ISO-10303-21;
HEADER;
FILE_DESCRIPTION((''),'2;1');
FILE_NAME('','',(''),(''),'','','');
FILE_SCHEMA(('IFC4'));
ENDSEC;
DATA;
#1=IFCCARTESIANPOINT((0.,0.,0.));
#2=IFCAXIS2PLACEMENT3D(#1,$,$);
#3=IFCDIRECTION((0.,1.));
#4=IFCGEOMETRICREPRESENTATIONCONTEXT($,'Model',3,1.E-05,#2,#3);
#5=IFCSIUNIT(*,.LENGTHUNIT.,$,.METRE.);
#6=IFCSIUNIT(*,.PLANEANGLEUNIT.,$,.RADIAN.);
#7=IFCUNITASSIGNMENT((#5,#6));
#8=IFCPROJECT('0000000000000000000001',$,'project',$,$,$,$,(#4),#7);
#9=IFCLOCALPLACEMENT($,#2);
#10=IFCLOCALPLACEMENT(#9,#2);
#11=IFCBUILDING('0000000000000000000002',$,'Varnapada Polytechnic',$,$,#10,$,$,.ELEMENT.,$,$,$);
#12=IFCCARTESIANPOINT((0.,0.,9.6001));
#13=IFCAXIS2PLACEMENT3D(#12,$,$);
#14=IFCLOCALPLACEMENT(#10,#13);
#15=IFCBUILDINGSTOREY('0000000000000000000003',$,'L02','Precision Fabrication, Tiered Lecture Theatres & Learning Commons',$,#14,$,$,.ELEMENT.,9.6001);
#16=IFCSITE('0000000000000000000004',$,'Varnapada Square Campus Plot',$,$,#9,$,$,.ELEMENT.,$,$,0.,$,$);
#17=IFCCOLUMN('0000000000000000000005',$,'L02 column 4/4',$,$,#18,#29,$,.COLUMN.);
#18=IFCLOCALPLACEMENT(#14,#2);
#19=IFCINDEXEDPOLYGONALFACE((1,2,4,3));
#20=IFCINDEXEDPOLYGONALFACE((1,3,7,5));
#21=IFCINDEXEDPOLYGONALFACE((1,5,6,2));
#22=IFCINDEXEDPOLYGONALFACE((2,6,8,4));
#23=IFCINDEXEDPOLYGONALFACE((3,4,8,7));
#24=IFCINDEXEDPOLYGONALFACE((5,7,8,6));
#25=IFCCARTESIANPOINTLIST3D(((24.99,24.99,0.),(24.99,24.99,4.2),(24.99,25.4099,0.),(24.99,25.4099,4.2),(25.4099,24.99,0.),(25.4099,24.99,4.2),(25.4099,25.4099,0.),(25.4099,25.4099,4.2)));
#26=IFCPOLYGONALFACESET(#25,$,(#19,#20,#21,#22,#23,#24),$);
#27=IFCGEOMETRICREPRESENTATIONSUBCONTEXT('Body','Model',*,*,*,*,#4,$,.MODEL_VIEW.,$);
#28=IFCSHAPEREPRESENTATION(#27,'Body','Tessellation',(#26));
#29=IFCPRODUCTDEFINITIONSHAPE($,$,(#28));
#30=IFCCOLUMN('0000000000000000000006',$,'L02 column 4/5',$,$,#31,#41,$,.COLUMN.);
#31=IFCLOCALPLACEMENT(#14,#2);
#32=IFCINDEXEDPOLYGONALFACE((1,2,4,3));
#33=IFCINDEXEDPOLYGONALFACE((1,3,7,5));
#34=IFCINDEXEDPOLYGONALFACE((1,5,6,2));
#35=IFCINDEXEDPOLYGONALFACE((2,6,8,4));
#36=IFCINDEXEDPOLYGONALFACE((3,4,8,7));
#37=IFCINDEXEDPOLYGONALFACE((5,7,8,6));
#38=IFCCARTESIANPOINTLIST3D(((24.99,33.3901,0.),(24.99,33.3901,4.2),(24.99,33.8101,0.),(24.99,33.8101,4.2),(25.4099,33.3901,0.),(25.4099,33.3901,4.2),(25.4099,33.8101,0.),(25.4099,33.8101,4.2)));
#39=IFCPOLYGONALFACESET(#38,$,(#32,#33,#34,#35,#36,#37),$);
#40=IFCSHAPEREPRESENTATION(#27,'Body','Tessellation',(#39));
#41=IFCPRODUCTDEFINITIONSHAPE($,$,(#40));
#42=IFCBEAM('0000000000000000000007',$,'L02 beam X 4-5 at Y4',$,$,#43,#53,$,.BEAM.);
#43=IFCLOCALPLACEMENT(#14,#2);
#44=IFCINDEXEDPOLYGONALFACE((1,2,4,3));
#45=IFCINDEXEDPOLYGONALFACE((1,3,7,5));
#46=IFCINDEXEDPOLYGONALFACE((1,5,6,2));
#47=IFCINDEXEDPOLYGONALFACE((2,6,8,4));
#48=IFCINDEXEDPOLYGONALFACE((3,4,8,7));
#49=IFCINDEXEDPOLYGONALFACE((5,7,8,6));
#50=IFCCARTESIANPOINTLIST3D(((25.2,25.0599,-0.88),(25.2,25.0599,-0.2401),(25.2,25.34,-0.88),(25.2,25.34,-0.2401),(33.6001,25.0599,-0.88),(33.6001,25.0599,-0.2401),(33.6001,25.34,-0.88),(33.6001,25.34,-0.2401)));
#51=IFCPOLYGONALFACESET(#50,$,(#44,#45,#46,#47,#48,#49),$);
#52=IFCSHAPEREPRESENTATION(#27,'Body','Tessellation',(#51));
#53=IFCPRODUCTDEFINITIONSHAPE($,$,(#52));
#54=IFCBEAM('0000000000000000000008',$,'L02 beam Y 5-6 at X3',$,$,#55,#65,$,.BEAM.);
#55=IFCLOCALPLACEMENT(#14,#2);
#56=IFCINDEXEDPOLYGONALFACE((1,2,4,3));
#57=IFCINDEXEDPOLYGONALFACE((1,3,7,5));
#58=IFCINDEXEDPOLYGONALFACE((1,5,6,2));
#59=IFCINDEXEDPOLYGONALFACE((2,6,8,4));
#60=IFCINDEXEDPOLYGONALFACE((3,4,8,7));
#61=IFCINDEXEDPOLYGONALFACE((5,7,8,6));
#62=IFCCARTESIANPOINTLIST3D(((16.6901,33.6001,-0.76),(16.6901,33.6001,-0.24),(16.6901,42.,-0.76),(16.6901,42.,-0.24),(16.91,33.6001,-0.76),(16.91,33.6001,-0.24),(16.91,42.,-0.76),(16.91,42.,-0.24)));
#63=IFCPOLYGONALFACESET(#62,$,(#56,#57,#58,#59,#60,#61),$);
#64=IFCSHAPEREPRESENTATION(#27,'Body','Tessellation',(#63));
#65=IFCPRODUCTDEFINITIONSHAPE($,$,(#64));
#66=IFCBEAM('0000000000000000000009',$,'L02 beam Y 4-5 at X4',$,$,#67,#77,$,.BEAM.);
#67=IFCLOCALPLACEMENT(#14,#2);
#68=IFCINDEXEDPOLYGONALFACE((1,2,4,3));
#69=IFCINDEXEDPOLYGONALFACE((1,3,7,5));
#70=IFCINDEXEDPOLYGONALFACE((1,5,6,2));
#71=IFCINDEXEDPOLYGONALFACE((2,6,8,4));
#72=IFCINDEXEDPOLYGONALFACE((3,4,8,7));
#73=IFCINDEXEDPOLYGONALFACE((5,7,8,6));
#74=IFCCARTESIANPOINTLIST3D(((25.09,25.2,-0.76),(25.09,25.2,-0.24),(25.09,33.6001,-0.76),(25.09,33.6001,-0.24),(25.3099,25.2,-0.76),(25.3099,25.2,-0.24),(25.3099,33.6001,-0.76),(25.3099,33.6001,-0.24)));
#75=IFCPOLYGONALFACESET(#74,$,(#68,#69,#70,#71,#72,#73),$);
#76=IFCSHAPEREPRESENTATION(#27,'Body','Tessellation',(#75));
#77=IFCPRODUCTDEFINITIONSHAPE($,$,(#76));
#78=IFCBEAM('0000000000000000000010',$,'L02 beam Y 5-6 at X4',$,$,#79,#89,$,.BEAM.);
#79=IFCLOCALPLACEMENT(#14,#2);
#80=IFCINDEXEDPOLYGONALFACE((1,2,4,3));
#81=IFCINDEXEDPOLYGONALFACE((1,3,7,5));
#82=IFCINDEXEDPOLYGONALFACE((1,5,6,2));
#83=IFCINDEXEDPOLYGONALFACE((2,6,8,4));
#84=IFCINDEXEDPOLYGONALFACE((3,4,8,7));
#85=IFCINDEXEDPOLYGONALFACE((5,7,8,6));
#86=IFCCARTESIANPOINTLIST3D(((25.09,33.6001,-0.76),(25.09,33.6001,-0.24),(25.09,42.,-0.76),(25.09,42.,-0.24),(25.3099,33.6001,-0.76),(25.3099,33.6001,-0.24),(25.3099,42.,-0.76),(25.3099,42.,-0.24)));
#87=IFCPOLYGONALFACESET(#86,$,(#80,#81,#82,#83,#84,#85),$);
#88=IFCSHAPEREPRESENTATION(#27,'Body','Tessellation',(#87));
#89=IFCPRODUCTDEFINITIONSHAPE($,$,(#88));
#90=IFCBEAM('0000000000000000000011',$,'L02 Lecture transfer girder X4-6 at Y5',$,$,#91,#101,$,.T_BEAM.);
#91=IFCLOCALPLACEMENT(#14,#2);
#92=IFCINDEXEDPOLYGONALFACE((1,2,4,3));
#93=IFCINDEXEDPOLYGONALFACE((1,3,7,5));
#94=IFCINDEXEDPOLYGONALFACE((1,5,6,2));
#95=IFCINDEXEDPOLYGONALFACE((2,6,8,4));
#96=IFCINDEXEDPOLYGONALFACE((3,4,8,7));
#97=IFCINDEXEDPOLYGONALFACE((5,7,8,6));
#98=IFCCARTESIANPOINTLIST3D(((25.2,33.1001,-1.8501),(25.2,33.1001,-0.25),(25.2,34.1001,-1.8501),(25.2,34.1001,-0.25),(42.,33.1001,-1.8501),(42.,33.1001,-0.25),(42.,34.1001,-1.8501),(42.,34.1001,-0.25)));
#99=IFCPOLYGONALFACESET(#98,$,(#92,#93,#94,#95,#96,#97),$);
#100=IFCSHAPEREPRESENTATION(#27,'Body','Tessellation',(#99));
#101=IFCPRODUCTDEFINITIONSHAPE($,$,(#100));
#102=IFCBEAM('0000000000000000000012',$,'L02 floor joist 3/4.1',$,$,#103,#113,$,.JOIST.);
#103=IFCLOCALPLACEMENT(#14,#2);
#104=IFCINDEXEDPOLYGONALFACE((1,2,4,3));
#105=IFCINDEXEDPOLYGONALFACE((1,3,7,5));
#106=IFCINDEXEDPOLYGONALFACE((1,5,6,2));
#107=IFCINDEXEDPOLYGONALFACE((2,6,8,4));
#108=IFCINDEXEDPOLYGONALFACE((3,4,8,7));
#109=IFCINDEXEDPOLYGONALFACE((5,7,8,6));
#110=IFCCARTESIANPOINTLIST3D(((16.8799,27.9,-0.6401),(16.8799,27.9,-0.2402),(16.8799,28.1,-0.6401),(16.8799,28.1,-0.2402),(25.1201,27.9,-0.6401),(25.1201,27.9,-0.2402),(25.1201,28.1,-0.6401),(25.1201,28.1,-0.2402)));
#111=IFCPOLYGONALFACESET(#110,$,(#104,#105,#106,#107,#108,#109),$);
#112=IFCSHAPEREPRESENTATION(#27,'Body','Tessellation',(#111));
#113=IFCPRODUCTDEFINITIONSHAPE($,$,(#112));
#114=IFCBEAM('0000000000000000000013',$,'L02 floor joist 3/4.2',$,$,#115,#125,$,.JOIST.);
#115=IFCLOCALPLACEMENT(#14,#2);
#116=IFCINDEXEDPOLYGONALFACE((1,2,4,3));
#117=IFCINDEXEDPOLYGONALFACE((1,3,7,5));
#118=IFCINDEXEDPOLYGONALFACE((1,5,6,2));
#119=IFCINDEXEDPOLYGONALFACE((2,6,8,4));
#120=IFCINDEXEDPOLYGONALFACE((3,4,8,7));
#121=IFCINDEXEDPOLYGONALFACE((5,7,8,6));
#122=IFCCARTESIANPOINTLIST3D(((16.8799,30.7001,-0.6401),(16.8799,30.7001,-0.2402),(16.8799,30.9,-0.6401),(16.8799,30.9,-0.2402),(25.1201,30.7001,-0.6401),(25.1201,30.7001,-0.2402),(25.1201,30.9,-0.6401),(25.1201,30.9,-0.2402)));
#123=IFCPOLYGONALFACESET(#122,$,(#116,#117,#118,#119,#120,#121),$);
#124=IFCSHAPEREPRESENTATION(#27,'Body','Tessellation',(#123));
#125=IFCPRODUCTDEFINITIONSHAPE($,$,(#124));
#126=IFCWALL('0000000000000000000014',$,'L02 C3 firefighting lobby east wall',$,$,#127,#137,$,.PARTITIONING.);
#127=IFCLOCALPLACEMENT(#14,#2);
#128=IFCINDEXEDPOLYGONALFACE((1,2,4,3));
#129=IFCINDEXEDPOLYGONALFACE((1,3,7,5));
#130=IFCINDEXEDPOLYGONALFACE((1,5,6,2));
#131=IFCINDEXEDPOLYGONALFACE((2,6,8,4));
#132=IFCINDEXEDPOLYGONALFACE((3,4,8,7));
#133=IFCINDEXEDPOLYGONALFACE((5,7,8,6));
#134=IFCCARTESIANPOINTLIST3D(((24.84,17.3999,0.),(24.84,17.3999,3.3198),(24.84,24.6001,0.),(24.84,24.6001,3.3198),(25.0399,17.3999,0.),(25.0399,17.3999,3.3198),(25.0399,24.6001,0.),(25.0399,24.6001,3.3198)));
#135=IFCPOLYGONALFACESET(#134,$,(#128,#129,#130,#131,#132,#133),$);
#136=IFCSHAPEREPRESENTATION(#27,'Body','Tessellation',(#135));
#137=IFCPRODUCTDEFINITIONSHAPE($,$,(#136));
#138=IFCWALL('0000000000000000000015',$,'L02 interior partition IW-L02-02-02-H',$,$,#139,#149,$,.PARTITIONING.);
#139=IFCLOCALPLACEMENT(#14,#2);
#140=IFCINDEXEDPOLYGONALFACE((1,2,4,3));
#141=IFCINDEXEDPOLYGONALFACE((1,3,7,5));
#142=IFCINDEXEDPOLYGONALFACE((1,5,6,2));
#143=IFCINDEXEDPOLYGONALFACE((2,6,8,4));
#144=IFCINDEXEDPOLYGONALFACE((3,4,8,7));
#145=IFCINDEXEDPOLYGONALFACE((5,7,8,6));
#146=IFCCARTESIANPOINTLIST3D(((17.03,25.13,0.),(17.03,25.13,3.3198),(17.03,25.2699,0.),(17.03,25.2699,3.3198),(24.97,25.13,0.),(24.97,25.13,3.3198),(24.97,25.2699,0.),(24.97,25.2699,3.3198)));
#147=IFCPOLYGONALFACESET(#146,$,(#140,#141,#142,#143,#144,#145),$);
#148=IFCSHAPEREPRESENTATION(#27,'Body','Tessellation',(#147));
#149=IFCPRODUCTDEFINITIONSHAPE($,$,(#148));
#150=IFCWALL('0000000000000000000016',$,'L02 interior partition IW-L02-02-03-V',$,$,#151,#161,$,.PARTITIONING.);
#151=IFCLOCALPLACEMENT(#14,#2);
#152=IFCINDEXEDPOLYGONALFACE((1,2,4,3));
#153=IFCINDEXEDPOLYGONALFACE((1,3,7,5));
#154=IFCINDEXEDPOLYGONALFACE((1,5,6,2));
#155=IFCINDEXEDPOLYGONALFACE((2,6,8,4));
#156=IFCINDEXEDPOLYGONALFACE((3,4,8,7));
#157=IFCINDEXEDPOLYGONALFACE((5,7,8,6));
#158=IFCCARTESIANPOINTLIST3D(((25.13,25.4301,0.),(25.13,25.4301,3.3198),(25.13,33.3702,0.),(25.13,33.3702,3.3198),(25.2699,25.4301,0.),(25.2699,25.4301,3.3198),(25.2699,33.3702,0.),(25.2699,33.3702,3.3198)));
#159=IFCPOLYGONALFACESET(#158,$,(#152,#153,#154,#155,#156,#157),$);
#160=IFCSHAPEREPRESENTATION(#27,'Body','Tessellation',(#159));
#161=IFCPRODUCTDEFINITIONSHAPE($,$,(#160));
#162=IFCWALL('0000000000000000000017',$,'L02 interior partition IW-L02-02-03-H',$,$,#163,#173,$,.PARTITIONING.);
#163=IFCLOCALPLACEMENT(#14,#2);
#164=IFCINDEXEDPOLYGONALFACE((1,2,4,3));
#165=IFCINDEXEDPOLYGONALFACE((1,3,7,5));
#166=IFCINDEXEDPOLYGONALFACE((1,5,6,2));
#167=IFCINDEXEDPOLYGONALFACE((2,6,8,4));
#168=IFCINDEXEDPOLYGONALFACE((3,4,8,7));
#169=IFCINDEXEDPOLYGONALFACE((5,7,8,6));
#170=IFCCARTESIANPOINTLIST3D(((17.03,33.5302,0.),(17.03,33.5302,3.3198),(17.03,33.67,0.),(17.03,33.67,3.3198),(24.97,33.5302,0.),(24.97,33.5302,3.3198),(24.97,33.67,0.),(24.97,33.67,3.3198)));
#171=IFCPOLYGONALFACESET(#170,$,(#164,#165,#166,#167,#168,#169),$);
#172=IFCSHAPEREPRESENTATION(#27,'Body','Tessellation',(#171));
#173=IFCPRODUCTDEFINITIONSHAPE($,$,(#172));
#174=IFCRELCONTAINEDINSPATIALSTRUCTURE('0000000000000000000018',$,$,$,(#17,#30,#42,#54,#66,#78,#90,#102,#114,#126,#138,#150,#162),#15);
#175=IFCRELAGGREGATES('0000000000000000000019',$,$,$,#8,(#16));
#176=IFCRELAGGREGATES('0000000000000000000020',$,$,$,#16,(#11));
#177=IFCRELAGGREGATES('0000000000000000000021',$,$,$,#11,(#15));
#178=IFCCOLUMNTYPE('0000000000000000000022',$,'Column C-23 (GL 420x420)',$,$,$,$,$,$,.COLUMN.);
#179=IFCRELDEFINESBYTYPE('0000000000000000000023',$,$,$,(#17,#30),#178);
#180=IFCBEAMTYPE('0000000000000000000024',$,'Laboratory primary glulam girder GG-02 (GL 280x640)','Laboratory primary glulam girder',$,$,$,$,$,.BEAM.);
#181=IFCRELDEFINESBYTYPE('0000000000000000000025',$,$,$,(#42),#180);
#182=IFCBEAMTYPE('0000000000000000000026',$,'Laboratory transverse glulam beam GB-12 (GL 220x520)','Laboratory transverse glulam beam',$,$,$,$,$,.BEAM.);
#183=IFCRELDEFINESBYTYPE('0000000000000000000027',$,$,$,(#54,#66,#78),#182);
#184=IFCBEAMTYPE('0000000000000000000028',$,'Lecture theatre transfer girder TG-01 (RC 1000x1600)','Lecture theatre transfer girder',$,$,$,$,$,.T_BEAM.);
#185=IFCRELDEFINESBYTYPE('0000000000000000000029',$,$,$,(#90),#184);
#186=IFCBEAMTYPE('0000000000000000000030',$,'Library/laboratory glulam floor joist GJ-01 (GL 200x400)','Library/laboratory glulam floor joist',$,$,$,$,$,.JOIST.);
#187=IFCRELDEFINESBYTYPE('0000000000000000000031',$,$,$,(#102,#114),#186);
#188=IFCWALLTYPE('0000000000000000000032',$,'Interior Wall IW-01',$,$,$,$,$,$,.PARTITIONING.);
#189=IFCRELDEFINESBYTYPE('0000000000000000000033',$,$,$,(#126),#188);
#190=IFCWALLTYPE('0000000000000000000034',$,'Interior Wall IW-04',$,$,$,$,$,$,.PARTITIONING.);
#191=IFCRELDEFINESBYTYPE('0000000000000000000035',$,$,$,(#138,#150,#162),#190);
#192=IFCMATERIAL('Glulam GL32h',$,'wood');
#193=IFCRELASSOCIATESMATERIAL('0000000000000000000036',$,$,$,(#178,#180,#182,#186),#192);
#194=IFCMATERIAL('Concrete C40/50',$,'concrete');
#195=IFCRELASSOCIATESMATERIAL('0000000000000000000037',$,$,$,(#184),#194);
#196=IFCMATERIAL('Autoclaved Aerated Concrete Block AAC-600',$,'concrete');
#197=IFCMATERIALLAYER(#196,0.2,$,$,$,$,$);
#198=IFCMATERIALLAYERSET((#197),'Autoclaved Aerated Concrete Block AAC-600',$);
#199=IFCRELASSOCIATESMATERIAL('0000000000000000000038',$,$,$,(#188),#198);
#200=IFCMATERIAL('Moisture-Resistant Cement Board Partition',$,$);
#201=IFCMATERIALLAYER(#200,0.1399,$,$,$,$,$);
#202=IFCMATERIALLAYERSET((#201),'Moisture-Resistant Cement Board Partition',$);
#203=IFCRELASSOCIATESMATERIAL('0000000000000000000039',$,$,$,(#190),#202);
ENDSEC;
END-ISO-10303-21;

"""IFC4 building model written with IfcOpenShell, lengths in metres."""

from ifc_helpers import new_model, si_unit, direction, frame, frame_2d, origin, origin_2d, place, context, subcontext, project, spatial, rectangle, extrude, material, layer, layer_set, material_profile, profile_set, type_object, element, save


model = new_model("IFC4")

# Units and contexts
model_context = context("Model", 3, precision=1e-05, world=origin(), true_north=direction((0.0, 1.0)))
body_context = subcontext(model_context, "Body", "Model", "MODEL_VIEW")
ifc_project = project(units=[si_unit("LENGTHUNIT", "METRE"), si_unit("PLANEANGLEUNIT", "RADIAN")], contexts=[model_context])

# Site, building, storey
site_placement = place(None, origin())
site = spatial("IfcSite", under=ifc_project, at=site_placement, Name="Varnapada Square Campus Plot", CompositionType="ELEMENT", RefElevation=0.0)
building_placement = place(site_placement, origin())
building = spatial("IfcBuilding", under=site, at=building_placement, Name="Varnapada Polytechnic", CompositionType="ELEMENT")
storey_placement = place(building_placement, frame((0.0, 0.0, 9.6001)))
storey = spatial("IfcBuildingStorey", under=building, at=storey_placement, Name="L02", Description="Precision Fabrication, Tiered Lecture Theatres & Learning Commons", CompositionType="ELEMENT", Elevation=9.6001)

# Columns
ifc_material_1 = material(Name="Glulam GL32h", Category="wood")
ifc_material_profile_1 = material_profile(ifc_material_1, rectangle(XDim=0.4199, YDim=0.4199, at=origin_2d()), Name="GL 420x420")
ifc_profile_set_1 = profile_set([ifc_material_profile_1], Name="Glulam GL32h")
column_type = type_object("IfcColumnType", Name="Column C-23 (GL 420x420)", PredefinedType="COLUMN", material=ifc_profile_set_1)
for number, where, z_axis, x_axis, name in (
    (1, (25.2, 25.2, 0.0), (0.0, 0.0, 1.0), (1.0, 0.0, 0.0), "L02 column 4/4"),
    (2, (25.2, 33.6001, 0.0), (0.0, 0.0, 1.0), (1.0, 0.0, 0.0), "L02 column 4/5"),
):
    element("IfcColumn", number, at=place(storey_placement, frame(where, z_axis=z_axis, x_axis=x_axis)), inside=storey, type_object=column_type, Name=name, PredefinedType="COLUMN", context=body_context, shape_type="SweptSolid", body=[
        extrude(rectangle(XDim=0.4199, YDim=0.4199, at=origin_2d()), origin(), (0.0, 0.0, 1.0), 4.2),
    ])

# Beams
ifc_material_profile_2 = material_profile(ifc_material_1, rectangle(XDim=0.28, YDim=0.6399, at=origin_2d()), Name="GL 280x640")
ifc_profile_set_2 = profile_set([ifc_material_profile_2], Name="Glulam GL32h")
beam_type_1 = type_object("IfcBeamType", Name="Laboratory primary glulam girder GG-02 (GL 280x640)", Description="Laboratory primary glulam girder", PredefinedType="BEAM", material=ifc_profile_set_2)
beam_1_placement = place(storey_placement, frame((25.2, 25.2, -0.5601), z_axis=(1.0, 0.0, 0.0), x_axis=(0.0, 1.0, 0.0)))
element("IfcBeam", 3, at=beam_1_placement, inside=storey, type_object=beam_type_1, Name="L02 beam X 4-5 at Y4", PredefinedType="BEAM", context=body_context, shape_type="SweptSolid", body=[
    extrude(rectangle(XDim=0.28, YDim=0.6399, at=origin_2d()), origin(), (0.0, 0.0, 1.0), 8.4001),
])
ifc_material_profile_3 = material_profile(ifc_material_1, rectangle(XDim=0.22, YDim=0.52, at=origin_2d()), Name="GL 220x520")
ifc_profile_set_3 = profile_set([ifc_material_profile_3], Name="Glulam GL32h")
beam_type_2 = type_object("IfcBeamType", Name="Laboratory transverse glulam beam GB-12 (GL 220x520)", Description="Laboratory transverse glulam beam", PredefinedType="BEAM", material=ifc_profile_set_3)
beam_2_placement = place(storey_placement, frame((16.8, 33.6001, -0.5), z_axis=(0.0, 1.0, 0.0), x_axis=(-1.0, 0.0, 0.0)))
element("IfcBeam", 4, at=beam_2_placement, inside=storey, type_object=beam_type_2, Name="L02 beam Y 5-6 at X3", PredefinedType="BEAM", context=body_context, shape_type="SweptSolid", body=[
    extrude(rectangle(XDim=0.22, YDim=0.52, at=origin_2d()), origin(), (0.0, 0.0, 1.0), 8.3999),
])
beam_3_placement = place(storey_placement, frame((25.2, 25.2, -0.5), z_axis=(0.0, 1.0, 0.0), x_axis=(-1.0, 0.0, 0.0)))
element("IfcBeam", 5, at=beam_3_placement, inside=storey, type_object=beam_type_2, Name="L02 beam Y 4-5 at X4", PredefinedType="BEAM", context=body_context, shape_type="SweptSolid", body=[
    extrude(rectangle(XDim=0.22, YDim=0.52, at=origin_2d()), origin(), (0.0, 0.0, 1.0), 8.4001),
])
beam_4_placement = place(storey_placement, frame((25.2, 33.6001, -0.5), z_axis=(0.0, 1.0, 0.0), x_axis=(-1.0, 0.0, 0.0)))
element("IfcBeam", 6, at=beam_4_placement, inside=storey, type_object=beam_type_2, Name="L02 beam Y 5-6 at X4", PredefinedType="BEAM", context=body_context, shape_type="SweptSolid", body=[
    extrude(rectangle(XDim=0.22, YDim=0.52, at=origin_2d()), origin(), (0.0, 0.0, 1.0), 8.3999),
])
ifc_material_2 = material(Name="Concrete C40/50", Category="concrete")
ifc_material_profile_4 = material_profile(ifc_material_2, rectangle(XDim=1.0, YDim=1.6001, at=origin_2d()), Name="RC 1000x1600")
ifc_profile_set_4 = profile_set([ifc_material_profile_4], Name="Concrete C40/50")
beam_type_3 = type_object("IfcBeamType", Name="Lecture theatre transfer girder TG-01 (RC 1000x1600)", Description="Lecture theatre transfer girder", PredefinedType="T_BEAM", material=ifc_profile_set_4)
beam_5_placement = place(storey_placement, frame((25.2, 33.6001, -1.05), z_axis=(1.0, 0.0, 0.0), x_axis=(0.0, 1.0, 0.0)))
element("IfcBeam", 7, at=beam_5_placement, inside=storey, type_object=beam_type_3, Name="L02 Lecture transfer girder X4-6 at Y5", PredefinedType="T_BEAM", context=body_context, shape_type="SweptSolid", body=[
    extrude(rectangle(XDim=1.0, YDim=1.6001, at=origin_2d()), origin(), (0.0, 0.0, 1.0), 16.8),
])
ifc_material_profile_5 = material_profile(ifc_material_1, rectangle(XDim=0.2, YDim=0.3999, at=origin_2d()), Name="GL 200x400")
ifc_profile_set_5 = profile_set([ifc_material_profile_5], Name="Glulam GL32h")
beam_type_4 = type_object("IfcBeamType", Name="Library/laboratory glulam floor joist GJ-01 (GL 200x400)", Description="Library/laboratory glulam floor joist", PredefinedType="JOIST", material=ifc_profile_set_5)
for number, where, z_axis, x_axis, name in (
    (8, (16.8799, 28.0, -0.4402), (1.0, 0.0, 0.0), (0.0, 1.0, 0.0), "L02 floor joist 3/4.1"),
    (9, (16.8799, 30.8, -0.4402), (1.0, 0.0, 0.0), (0.0, 1.0, 0.0), "L02 floor joist 3/4.2"),
):
    element("IfcBeam", number, at=place(storey_placement, frame(where, z_axis=z_axis, x_axis=x_axis)), inside=storey, type_object=beam_type_4, Name=name, PredefinedType="JOIST", context=body_context, shape_type="SweptSolid", body=[
        extrude(rectangle(XDim=0.2, YDim=0.3999, at=origin_2d()), origin(), (0.0, 0.0, 1.0), 8.2402),
    ])

# Walls
ifc_material_3 = material(Name="Autoclaved Aerated Concrete Block AAC-600", Category="concrete")
ifc_layer_1 = layer(ifc_material_3, 0.2)
ifc_layer_set_1 = layer_set([ifc_layer_1], Name="Autoclaved Aerated Concrete Block AAC-600")
wall_type_1 = type_object("IfcWallType", Name="Interior Wall IW-01", PredefinedType="PARTITIONING", material=ifc_layer_set_1)
wall_1_placement = place(storey_placement, frame((24.9399, 24.6001, 0.0), z_axis=(0.0, 0.0, 1.0), x_axis=(0.0, -1.0, 0.0)))
element("IfcWall", 10, at=wall_1_placement, inside=storey, type_object=wall_type_1, Name="L02 C3 firefighting lobby east wall", PredefinedType="PARTITIONING", context=body_context, shape_type="SweptSolid", body=[
    extrude(rectangle(XDim=7.2002, YDim=0.2, at=frame_2d((3.6001, 0.0))), origin(), (0.0, 0.0, 1.0), 3.3198),
])
ifc_material_4 = material(Name="Moisture-Resistant Cement Board Partition")
ifc_layer_2 = layer(ifc_material_4, 0.1399)
ifc_layer_set_2 = layer_set([ifc_layer_2], Name="Moisture-Resistant Cement Board Partition")
wall_type_2 = type_object("IfcWallType", Name="Interior Wall IW-04", PredefinedType="PARTITIONING", material=ifc_layer_set_2)
wall_2_placement = place(storey_placement, frame((17.03, 25.2, 0.0), z_axis=(0.0, 0.0, 1.0), x_axis=(1.0, 0.0, 0.0)))
element("IfcWall", 11, at=wall_2_placement, inside=storey, type_object=wall_type_2, Name="L02 interior partition IW-L02-02-02-H", PredefinedType="PARTITIONING", context=body_context, shape_type="SweptSolid", body=[
    extrude(rectangle(XDim=7.9399, YDim=0.1399, at=frame_2d((3.97, 0.0))), origin(), (0.0, 0.0, 1.0), 3.3198),
])
wall_3_placement = place(storey_placement, frame((25.2, 25.4299, 0.0), z_axis=(0.0, 0.0, 1.0), x_axis=(0.0, 1.0, 0.0)))
element("IfcWall", 12, at=wall_3_placement, inside=storey, type_object=wall_type_2, Name="L02 interior partition IW-L02-02-03-V", PredefinedType="PARTITIONING", context=body_context, shape_type="SweptSolid", body=[
    extrude(rectangle(XDim=7.9402, YDim=0.1399, at=frame_2d((3.9702, 0.0))), origin(), (0.0, 0.0, 1.0), 3.3198),
])
wall_4_placement = place(storey_placement, frame((17.03, 33.6001, 0.0), z_axis=(0.0, 0.0, 1.0), x_axis=(1.0, 0.0, 0.0)))
element("IfcWall", 13, at=wall_4_placement, inside=storey, type_object=wall_type_2, Name="L02 interior partition IW-L02-02-03-H", PredefinedType="PARTITIONING", context=body_context, shape_type="SweptSolid", body=[
    extrude(rectangle(XDim=7.9399, YDim=0.1399, at=frame_2d((3.97, 0.0))), origin(), (0.0, 0.0, 1.0), 3.3198),
])

save(model, "model.ifc")
